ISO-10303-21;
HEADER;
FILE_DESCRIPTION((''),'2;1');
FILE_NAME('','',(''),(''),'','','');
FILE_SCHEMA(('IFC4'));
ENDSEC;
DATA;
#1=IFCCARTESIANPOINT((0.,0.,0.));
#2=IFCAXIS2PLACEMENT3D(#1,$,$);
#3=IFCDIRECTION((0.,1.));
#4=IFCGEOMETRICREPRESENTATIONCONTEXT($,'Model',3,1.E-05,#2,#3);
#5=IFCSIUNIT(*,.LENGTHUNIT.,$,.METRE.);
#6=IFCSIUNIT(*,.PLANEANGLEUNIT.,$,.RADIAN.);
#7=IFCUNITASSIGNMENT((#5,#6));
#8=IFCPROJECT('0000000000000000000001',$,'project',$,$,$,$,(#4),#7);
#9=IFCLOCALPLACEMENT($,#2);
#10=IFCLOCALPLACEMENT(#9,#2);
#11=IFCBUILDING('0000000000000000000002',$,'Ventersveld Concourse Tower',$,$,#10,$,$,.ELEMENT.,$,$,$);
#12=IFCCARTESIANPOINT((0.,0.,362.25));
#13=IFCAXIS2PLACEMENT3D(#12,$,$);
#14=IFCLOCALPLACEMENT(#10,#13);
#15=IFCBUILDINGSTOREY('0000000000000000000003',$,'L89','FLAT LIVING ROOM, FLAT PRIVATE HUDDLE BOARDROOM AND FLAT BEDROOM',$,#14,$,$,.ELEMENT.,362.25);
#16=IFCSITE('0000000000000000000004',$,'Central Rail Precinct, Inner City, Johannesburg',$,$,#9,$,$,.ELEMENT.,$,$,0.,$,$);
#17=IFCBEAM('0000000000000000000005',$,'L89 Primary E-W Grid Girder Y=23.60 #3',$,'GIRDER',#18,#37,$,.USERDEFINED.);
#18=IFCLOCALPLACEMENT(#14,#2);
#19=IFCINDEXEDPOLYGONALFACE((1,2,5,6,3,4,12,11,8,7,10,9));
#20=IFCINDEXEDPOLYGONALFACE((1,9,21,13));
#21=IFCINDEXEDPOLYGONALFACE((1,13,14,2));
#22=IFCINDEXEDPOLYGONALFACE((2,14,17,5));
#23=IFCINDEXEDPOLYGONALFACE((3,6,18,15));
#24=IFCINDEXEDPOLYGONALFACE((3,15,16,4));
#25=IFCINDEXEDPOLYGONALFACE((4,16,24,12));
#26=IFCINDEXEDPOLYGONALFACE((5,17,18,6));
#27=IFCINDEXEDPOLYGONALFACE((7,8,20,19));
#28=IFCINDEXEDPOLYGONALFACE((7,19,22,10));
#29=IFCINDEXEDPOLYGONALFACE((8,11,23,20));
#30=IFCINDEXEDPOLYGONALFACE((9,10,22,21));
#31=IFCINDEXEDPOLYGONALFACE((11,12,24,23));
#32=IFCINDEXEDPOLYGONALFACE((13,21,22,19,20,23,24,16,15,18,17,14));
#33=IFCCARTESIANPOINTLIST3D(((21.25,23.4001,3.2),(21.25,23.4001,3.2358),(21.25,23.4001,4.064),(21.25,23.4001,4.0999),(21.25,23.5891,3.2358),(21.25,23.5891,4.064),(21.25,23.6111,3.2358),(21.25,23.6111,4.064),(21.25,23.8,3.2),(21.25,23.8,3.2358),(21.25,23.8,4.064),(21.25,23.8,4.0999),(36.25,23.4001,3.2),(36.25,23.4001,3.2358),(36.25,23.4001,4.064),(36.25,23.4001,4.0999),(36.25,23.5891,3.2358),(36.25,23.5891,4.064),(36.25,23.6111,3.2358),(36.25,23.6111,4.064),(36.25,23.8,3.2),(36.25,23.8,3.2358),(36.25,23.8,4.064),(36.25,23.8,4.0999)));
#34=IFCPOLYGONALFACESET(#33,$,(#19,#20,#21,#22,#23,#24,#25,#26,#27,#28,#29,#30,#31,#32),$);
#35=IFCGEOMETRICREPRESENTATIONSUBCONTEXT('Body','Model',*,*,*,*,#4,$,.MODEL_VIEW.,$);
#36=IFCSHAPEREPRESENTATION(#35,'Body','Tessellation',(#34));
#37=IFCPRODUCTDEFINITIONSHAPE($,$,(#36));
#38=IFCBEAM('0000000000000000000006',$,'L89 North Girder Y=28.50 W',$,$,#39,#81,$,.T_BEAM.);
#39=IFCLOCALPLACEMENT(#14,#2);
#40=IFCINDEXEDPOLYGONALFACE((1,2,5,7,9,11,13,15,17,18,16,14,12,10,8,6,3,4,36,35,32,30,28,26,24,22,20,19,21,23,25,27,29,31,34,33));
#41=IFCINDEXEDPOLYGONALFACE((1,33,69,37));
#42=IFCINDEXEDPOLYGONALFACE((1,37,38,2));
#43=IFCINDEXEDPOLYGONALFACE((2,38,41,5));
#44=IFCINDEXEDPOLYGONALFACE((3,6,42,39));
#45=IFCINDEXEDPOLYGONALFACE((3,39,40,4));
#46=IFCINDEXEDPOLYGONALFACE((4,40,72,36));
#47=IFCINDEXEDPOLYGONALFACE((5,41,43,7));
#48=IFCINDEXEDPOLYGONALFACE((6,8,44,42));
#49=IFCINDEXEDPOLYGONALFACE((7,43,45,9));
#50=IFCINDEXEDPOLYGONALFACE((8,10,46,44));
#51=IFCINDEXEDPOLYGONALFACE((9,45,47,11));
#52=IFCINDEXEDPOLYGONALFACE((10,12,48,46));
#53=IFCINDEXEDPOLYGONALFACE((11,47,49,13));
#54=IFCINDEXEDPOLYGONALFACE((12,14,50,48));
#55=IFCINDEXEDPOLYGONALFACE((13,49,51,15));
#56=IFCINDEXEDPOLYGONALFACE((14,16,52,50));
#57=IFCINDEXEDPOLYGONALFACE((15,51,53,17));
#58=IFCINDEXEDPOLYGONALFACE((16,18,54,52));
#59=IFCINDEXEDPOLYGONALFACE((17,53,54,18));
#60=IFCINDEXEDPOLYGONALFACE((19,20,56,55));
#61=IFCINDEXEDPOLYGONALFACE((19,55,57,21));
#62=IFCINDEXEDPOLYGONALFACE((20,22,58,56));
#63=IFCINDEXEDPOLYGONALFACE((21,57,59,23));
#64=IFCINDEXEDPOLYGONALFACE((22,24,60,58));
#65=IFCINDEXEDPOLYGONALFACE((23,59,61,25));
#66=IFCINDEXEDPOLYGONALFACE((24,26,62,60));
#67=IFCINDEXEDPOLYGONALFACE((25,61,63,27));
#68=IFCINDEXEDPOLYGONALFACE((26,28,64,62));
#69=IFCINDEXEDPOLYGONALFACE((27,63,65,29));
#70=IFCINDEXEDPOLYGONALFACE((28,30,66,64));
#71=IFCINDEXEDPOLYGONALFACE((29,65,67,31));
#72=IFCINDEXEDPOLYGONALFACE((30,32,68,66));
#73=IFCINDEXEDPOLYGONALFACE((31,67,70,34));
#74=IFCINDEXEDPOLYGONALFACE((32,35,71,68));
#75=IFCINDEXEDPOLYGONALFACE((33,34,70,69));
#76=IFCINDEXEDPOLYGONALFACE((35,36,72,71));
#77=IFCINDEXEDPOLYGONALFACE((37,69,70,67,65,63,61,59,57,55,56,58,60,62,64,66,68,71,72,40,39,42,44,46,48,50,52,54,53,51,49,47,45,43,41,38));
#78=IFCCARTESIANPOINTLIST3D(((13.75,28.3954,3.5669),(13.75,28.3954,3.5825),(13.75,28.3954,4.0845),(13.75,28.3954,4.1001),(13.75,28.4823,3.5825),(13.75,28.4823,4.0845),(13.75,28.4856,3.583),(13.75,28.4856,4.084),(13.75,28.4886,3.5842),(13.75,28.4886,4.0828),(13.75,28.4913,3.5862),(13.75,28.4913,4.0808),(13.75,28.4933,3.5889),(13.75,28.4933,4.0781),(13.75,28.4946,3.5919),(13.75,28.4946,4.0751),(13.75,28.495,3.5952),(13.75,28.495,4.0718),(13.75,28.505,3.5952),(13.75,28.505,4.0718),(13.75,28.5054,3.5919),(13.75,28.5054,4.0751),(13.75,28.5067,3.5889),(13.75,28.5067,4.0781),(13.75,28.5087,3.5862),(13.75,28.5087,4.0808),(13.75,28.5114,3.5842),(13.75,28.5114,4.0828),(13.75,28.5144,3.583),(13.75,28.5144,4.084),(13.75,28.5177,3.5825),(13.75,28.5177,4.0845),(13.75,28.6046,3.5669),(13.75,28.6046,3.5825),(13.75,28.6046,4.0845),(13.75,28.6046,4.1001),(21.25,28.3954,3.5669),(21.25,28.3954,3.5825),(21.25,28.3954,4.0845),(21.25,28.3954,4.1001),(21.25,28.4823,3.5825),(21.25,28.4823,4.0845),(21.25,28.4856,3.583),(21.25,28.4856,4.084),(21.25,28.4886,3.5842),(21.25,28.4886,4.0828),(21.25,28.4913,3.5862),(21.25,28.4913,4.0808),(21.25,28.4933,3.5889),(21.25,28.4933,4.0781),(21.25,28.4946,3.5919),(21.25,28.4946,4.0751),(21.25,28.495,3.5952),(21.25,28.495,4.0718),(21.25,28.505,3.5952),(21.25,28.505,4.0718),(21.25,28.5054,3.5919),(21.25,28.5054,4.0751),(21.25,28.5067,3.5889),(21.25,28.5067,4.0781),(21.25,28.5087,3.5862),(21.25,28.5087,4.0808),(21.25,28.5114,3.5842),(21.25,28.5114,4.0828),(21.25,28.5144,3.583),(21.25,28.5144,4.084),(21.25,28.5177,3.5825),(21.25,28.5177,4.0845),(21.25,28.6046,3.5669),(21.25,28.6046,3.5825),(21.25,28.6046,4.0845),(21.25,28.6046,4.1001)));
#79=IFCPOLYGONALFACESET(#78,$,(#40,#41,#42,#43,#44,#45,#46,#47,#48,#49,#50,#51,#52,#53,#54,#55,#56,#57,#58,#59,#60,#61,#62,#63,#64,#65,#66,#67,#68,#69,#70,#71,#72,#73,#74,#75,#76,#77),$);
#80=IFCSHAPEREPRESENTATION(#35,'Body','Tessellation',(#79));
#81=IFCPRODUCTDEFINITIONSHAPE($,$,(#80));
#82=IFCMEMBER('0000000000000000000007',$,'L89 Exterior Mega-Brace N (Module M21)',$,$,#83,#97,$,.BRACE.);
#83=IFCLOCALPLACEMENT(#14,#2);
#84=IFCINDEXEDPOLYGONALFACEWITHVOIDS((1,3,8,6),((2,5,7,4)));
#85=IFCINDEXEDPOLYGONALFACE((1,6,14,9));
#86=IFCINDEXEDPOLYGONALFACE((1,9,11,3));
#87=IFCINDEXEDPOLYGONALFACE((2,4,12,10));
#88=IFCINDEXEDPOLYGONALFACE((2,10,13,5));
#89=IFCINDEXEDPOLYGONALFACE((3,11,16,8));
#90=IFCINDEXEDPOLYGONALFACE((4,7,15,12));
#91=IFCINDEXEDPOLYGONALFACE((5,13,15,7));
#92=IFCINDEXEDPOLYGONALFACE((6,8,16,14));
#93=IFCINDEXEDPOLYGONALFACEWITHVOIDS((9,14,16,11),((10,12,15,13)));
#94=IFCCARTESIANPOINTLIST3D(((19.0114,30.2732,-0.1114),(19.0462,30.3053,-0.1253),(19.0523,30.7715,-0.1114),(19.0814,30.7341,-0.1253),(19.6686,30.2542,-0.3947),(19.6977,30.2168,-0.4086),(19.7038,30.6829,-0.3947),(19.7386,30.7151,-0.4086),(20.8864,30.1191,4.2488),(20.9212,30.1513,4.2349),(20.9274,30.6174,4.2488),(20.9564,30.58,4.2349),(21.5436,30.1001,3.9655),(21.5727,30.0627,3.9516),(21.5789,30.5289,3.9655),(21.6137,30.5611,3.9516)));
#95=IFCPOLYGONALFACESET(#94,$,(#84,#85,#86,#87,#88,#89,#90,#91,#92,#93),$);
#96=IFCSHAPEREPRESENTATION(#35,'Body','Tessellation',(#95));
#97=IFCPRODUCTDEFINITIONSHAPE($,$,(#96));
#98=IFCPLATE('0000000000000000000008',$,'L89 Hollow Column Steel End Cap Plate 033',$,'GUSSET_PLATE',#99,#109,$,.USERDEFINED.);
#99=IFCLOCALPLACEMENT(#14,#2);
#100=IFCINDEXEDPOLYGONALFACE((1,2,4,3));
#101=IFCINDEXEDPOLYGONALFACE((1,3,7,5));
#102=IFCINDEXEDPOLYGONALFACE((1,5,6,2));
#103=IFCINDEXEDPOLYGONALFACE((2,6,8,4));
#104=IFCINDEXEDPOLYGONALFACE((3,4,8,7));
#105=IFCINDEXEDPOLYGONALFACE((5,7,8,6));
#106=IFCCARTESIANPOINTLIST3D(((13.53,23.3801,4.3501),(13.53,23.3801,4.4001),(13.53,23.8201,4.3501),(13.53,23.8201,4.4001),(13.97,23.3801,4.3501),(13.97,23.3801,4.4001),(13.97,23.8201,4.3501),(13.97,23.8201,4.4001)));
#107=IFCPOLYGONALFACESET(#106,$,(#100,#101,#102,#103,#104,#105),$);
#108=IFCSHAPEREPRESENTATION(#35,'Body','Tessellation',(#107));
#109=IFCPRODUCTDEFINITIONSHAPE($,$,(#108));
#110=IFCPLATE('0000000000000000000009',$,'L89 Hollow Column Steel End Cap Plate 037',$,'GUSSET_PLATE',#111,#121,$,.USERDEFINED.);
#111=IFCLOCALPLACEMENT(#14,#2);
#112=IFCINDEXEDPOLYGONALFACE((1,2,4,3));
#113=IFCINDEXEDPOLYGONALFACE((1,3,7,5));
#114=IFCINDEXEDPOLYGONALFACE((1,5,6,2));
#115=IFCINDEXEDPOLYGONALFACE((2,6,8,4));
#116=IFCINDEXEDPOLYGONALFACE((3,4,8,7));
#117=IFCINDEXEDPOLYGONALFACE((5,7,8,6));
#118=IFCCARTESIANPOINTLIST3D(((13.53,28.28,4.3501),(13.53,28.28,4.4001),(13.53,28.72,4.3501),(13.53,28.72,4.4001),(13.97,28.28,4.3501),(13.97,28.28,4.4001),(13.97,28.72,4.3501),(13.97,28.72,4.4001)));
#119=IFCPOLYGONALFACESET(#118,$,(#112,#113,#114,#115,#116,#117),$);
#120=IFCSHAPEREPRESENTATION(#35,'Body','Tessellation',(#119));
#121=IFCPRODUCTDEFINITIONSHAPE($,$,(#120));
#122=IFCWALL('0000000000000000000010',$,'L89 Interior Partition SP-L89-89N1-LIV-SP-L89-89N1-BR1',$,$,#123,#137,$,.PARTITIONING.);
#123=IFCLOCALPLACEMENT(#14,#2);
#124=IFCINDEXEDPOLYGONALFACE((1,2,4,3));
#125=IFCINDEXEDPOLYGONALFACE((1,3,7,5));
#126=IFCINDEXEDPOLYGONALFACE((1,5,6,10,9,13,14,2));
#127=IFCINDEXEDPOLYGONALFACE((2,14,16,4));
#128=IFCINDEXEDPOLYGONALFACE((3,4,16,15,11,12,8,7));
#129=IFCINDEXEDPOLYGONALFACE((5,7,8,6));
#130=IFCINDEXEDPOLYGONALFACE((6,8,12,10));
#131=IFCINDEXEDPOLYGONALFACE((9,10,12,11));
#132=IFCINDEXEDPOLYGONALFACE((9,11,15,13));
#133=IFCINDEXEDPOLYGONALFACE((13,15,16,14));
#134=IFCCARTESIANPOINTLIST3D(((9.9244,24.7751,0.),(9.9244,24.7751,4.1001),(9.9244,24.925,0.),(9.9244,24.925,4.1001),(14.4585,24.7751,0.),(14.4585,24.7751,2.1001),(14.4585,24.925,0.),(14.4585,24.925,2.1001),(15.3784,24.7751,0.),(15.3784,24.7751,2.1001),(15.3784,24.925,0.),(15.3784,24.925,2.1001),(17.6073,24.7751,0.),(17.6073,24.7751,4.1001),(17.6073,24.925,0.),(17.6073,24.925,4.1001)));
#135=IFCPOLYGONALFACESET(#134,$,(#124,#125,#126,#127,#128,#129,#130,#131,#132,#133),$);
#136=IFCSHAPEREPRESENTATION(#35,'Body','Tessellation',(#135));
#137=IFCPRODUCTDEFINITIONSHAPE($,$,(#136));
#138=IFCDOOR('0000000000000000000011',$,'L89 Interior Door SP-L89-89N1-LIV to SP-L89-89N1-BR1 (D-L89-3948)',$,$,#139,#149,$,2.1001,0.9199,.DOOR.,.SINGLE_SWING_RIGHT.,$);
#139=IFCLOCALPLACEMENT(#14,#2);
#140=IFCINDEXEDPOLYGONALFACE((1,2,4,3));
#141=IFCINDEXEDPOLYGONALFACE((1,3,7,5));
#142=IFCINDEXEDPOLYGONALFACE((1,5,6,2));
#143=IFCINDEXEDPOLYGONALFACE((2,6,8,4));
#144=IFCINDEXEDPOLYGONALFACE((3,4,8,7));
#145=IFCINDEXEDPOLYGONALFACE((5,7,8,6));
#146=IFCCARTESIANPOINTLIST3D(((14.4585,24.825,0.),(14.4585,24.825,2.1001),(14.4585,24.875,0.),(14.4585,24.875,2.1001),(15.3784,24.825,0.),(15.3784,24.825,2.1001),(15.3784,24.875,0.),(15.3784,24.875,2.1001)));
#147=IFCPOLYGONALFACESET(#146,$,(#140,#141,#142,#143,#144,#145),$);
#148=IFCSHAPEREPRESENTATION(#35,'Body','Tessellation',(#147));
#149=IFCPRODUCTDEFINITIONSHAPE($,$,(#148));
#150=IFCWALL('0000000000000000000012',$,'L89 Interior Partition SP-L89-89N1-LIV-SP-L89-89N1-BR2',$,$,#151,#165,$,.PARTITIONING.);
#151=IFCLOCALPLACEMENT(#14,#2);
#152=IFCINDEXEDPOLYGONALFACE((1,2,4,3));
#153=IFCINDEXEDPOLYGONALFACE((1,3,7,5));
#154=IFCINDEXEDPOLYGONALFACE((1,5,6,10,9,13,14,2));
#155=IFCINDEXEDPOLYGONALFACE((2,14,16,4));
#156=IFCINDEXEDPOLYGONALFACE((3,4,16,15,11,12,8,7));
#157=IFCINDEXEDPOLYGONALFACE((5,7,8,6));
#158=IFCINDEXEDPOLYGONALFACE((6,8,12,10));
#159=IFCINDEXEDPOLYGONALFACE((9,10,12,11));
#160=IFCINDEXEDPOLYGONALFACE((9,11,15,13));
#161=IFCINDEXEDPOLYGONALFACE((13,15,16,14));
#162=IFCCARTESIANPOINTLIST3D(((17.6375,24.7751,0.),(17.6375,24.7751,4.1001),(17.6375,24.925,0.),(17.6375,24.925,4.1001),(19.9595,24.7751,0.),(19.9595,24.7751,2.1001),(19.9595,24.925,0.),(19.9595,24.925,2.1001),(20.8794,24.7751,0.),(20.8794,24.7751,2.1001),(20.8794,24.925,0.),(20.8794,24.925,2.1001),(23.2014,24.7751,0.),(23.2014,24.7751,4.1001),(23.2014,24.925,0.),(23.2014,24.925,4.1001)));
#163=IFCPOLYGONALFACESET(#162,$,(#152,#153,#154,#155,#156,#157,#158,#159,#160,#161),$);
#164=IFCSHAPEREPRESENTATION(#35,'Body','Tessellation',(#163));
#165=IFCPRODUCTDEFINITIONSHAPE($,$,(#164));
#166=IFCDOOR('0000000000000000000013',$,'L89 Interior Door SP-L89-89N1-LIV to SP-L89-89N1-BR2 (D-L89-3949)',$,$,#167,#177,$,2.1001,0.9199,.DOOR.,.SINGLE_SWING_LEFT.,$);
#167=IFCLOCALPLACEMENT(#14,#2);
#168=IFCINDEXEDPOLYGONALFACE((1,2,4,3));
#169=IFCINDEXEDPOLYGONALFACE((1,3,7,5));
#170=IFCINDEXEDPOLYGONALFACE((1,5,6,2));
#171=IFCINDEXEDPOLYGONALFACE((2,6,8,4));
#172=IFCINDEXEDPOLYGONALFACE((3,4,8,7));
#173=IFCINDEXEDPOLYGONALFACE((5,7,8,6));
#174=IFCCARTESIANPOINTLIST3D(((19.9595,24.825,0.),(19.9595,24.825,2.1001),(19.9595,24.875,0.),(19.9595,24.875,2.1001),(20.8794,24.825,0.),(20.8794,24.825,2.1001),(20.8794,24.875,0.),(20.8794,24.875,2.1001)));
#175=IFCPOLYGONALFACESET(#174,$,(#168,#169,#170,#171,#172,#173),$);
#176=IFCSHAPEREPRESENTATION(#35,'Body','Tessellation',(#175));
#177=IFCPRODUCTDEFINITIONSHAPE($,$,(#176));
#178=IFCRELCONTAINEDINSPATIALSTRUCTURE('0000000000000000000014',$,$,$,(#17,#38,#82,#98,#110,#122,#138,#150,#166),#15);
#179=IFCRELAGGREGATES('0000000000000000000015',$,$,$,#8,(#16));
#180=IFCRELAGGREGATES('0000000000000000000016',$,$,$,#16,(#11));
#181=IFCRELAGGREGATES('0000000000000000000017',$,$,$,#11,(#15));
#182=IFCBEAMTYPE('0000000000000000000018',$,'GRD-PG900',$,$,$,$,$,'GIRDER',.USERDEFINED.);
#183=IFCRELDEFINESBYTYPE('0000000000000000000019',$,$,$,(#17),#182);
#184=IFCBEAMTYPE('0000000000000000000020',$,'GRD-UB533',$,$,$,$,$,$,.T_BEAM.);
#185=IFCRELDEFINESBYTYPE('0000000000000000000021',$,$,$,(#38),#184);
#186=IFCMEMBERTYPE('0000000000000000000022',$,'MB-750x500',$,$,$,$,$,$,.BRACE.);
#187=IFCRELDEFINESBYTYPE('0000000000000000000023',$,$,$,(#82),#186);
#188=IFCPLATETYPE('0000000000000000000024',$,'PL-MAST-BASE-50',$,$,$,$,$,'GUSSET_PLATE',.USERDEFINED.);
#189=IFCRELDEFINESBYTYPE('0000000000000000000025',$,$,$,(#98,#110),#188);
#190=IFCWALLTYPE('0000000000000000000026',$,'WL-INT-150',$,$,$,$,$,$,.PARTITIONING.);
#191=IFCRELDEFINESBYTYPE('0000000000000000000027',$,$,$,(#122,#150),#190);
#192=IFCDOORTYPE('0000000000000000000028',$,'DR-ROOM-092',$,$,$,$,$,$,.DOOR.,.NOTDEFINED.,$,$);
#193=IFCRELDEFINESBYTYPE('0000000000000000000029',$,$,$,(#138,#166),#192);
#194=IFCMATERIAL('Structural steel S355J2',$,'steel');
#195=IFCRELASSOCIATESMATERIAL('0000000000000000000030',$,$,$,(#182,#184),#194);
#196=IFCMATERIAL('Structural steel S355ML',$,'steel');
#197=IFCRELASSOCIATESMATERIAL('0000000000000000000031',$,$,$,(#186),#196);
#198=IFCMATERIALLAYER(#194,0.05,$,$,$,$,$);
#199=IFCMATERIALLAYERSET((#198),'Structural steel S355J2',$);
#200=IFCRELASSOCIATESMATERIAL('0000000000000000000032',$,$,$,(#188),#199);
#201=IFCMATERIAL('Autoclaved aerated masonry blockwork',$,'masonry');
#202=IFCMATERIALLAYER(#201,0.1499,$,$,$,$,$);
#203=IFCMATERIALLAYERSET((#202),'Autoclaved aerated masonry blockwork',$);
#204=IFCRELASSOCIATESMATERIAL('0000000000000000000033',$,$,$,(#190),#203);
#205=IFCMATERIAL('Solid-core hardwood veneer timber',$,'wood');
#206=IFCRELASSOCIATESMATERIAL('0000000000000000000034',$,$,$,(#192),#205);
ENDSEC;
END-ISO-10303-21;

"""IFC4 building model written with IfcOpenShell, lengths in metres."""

from ifc_helpers import new_model, si_unit, direction, frame, frame_2d, origin, origin_2d, place, context, subcontext, project, spatial, rectangle, hollow_rectangle, i_section, extrude, material, layer, layer_set, material_profile, profile_set, type_object, element, fill, save


model = new_model("IFC4")

# Units and contexts
model_context = context("Model", 3, precision=1e-05, world=origin(), true_north=direction((0.0, 1.0)))
body_context = subcontext(model_context, "Body", "Model", "MODEL_VIEW")
ifc_project = project(units=[si_unit("LENGTHUNIT", "METRE"), si_unit("PLANEANGLEUNIT", "RADIAN")], contexts=[model_context])

# Site, building, storey
site_placement = place(None, origin())
site = spatial("IfcSite", under=ifc_project, at=site_placement, Name="Central Rail Precinct, Inner City, Johannesburg", CompositionType="ELEMENT", RefElevation=0.0)
building_placement = place(site_placement, origin())
building = spatial("IfcBuilding", under=site, at=building_placement, Name="Ventersveld Concourse Tower", CompositionType="ELEMENT")
storey_placement = place(building_placement, frame((0.0, 0.0, 362.25)))
storey = spatial("IfcBuildingStorey", under=building, at=storey_placement, Name="L89", Description="FLAT LIVING ROOM, FLAT PRIVATE HUDDLE BOARDROOM AND FLAT BEDROOM", CompositionType="ELEMENT", Elevation=362.25)

# Shared definitions
ifc_material_1 = material(Name="Structural steel S355J2", Category="steel")

# Beams
ifc_material_profile_1 = material_profile(ifc_material_1, i_section(OverallWidth=0.3999, OverallDepth=0.8999, WebThickness=0.022, FlangeThickness=0.0359, at=origin_2d()), Name="PG 900x400x36")
ifc_profile_set_1 = profile_set([ifc_material_profile_1], Name="Structural steel S355J2")
beam_type_1 = type_object("IfcBeamType", Name="GRD-PG900", ElementType="GIRDER", PredefinedType="USERDEFINED", material=ifc_profile_set_1)
beam_1_placement = place(storey_placement, frame((21.25, 23.6001, 3.6499), z_axis=(1.0, 0.0, 0.0), x_axis=(0.0, 1.0, 0.0)))
element("IfcBeam", 1, at=beam_1_placement, inside=storey, type_object=beam_type_1, Name="L89 Primary E-W Grid Girder Y=23.60 #3", ObjectType="GIRDER", PredefinedType="USERDEFINED", context=body_context, shape_type="SweptSolid", body=[
    extrude(i_section(OverallWidth=0.3999, OverallDepth=0.8999, WebThickness=0.022, FlangeThickness=0.0359, at=origin_2d()), origin(), (0.0, 0.0, 1.0), 15.0),
])
ifc_material_profile_2 = material_profile(ifc_material_1, i_section(OverallWidth=0.2092, OverallDepth=0.5332, WebThickness=0.01, FlangeThickness=0.0156, FilletRadius=0.0127, at=origin_2d()), Name="UB 533x210x92")
ifc_profile_set_2 = profile_set([ifc_material_profile_2], Name="Structural steel S355J2")
beam_type_2 = type_object("IfcBeamType", Name="GRD-UB533", PredefinedType="T_BEAM", material=ifc_profile_set_2)
beam_2_placement = place(storey_placement, frame((13.75, 28.5, 3.8335), z_axis=(1.0, 0.0, 0.0), x_axis=(0.0, 1.0, 0.0)))
element("IfcBeam", 2, at=beam_2_placement, inside=storey, type_object=beam_type_2, Name="L89 North Girder Y=28.50 W", PredefinedType="T_BEAM", context=body_context, shape_type="SweptSolid", body=[
    extrude(i_section(OverallWidth=0.2092, OverallDepth=0.5332, WebThickness=0.01, FlangeThickness=0.0156, FilletRadius=0.0127, at=origin_2d()), origin(), (0.0, 0.0, 1.0), 7.5),
])

# Member
ifc_material_2 = material(Name="Structural steel S355ML", Category="steel")
ifc_material_profile_3 = material_profile(ifc_material_2, hollow_rectangle(XDim=0.5, YDim=0.75, WallThickness=0.0349, at=origin_2d()), Name="BOX 750x500x35")
ifc_profile_set_3 = profile_set([ifc_material_profile_3], Name="Structural steel S355ML")
member_type = type_object("IfcMemberType", Name="MB-750x500", PredefinedType="BRACE", material=ifc_profile_set_3)
member_placement = place(storey_placement, frame((19.375, 30.4941, -0.26), z_axis=(0.394847, -0.032441, 0.918174), x_axis=(0.081886, 0.996642, 0.0)))
element("IfcMember", 3, at=member_placement, inside=storey, type_object=member_type, Name="L89 Exterior Mega-Brace N (Module M21)", PredefinedType="BRACE", context=body_context, shape_type="SweptSolid", body=[
    extrude(hollow_rectangle(XDim=0.5, YDim=0.75, WallThickness=0.0349, at=origin_2d()), origin(), (0.0, 0.0, 1.0), 4.7488),
])

# Plates
ifc_layer_1 = layer(ifc_material_1, 0.05)
ifc_layer_set_1 = layer_set([ifc_layer_1], Name="Structural steel S355J2")
plate_type = type_object("IfcPlateType", Name="PL-MAST-BASE-50", ElementType="GUSSET_PLATE", PredefinedType="USERDEFINED", material=ifc_layer_set_1)
for number, where, z_axis, x_axis, name in (
    (4, (13.75, 23.6001, 4.3501), (0.0, 0.0, 1.0), (1.0, 0.0, 0.0), "L89 Hollow Column Steel End Cap Plate 033"),
    (5, (13.75, 28.5, 4.3501), (0.0, 0.0, 1.0), (1.0, 0.0, 0.0), "L89 Hollow Column Steel End Cap Plate 037"),
):
    element("IfcPlate", number, at=place(storey_placement, frame(where, z_axis=z_axis, x_axis=x_axis)), inside=storey, type_object=plate_type, Name=name, ObjectType="GUSSET_PLATE", PredefinedType="USERDEFINED", context=body_context, shape_type="SweptSolid", body=[
        extrude(rectangle(XDim=0.4399, YDim=0.4399, at=origin_2d()), origin(), (0.0, 0.0, 1.0), 0.05),
    ])

# Walls, openings, doors
ifc_material_3 = material(Name="Autoclaved aerated masonry blockwork", Category="masonry")
ifc_layer_2 = layer(ifc_material_3, 0.1499)
ifc_layer_set_2 = layer_set([ifc_layer_2], Name="Autoclaved aerated masonry blockwork")
wall_type_1 = type_object("IfcWallType", Name="WL-INT-150", PredefinedType="PARTITIONING", material=ifc_layer_set_2)
wall_1_placement = place(storey_placement, frame((9.9246, 24.8501, 0.0), z_axis=(0.0, 0.0, 1.0), x_axis=(1.0, 0.0, 0.0)))
wall_1 = element("IfcWall", 6, at=wall_1_placement, inside=storey, type_object=wall_type_1, Name="L89 Interior Partition SP-L89-89N1-LIV-SP-L89-89N1-BR1", PredefinedType="PARTITIONING", context=body_context, shape_type="SweptSolid", body=[
    extrude(rectangle(XDim=7.6829, YDim=0.1499, at=frame_2d((3.8413, 0.0))), origin(), (0.0, 0.0, 1.0), 4.1001),
])
opening_1_placement = place(wall_1_placement, frame((4.5339, 0.0, 0.0)))
opening_1 = element("IfcOpeningElement", 7, at=opening_1_placement, cuts=wall_1, PredefinedType="OPENING", context=body_context, shape_type="SweptSolid", body=[
    extrude(rectangle(XDim=0.9199, YDim=2.1001, at=frame_2d((0.46, 1.05))), frame((0.0, 0.085, 0.0), z_axis=(0.0, -1.0, 0.0), x_axis=(1.0, 0.0, 0.0)), (0.0, 0.0, 1.0), 0.1699),
])
ifc_material_4 = material(Name="Solid-core hardwood veneer timber", Category="wood")
door_type = type_object("IfcDoorType", Name="DR-ROOM-092", OperationType="NOTDEFINED", PredefinedType="DOOR", material=ifc_material_4)
door_1_placement = place(opening_1_placement, origin())
door_1 = element("IfcDoor", 8, at=door_1_placement, inside=storey, type_object=door_type, Name="L89 Interior Door SP-L89-89N1-LIV to SP-L89-89N1-BR1 (D-L89-3948)", OperationType="SINGLE_SWING_RIGHT", OverallHeight=2.1001, OverallWidth=0.9199, PredefinedType="DOOR", context=body_context, shape_type="SweptSolid", body=[
    extrude(rectangle(XDim=0.9199, YDim=2.1001, at=frame_2d((0.46, 1.05))), frame((0.0, 0.0249, 0.0), z_axis=(0.0, -1.0, 0.0), x_axis=(1.0, 0.0, 0.0)), (0.0, 0.0, 1.0), 0.05),
])
fill(opening_1, door_1)
wall_2_placement = place(storey_placement, frame((17.6375, 24.8501, 0.0), z_axis=(0.0, 0.0, 1.0), x_axis=(1.0, 0.0, 0.0)))
wall_2 = element("IfcWall", 9, at=wall_2_placement, inside=storey, type_object=wall_type_1, Name="L89 Interior Partition SP-L89-89N1-LIV-SP-L89-89N1-BR2", PredefinedType="PARTITIONING", context=body_context, shape_type="SweptSolid", body=[
    extrude(rectangle(XDim=5.564, YDim=0.1499, at=frame_2d((2.782, 0.0))), origin(), (0.0, 0.0, 1.0), 4.1001),
])
opening_2_placement = place(wall_2_placement, frame((2.322, 0.0, 0.0)))
opening_2 = element("IfcOpeningElement", 10, at=opening_2_placement, cuts=wall_2, PredefinedType="OPENING", context=body_context, shape_type="SweptSolid", body=[
    extrude(rectangle(XDim=0.9199, YDim=2.1001, at=frame_2d((0.46, 1.05))), frame((0.0, 0.085, 0.0), z_axis=(0.0, -1.0, 0.0), x_axis=(1.0, 0.0, 0.0)), (0.0, 0.0, 1.0), 0.1699),
])
door_2_placement = place(opening_2_placement, origin())
door_2 = element("IfcDoor", 11, at=door_2_placement, inside=storey, type_object=door_type, Name="L89 Interior Door SP-L89-89N1-LIV to SP-L89-89N1-BR2 (D-L89-3949)", OperationType="SINGLE_SWING_LEFT", OverallHeight=2.1001, OverallWidth=0.9199, PredefinedType="DOOR", context=body_context, shape_type="SweptSolid", body=[
    extrude(rectangle(XDim=0.9199, YDim=2.1001, at=frame_2d((0.46, 1.05))), frame((0.0, 0.0249, 0.0), z_axis=(0.0, -1.0, 0.0), x_axis=(1.0, 0.0, 0.0)), (0.0, 0.0, 1.0), 0.05),
])
fill(opening_2, door_2)

save(model, "model.ifc")
